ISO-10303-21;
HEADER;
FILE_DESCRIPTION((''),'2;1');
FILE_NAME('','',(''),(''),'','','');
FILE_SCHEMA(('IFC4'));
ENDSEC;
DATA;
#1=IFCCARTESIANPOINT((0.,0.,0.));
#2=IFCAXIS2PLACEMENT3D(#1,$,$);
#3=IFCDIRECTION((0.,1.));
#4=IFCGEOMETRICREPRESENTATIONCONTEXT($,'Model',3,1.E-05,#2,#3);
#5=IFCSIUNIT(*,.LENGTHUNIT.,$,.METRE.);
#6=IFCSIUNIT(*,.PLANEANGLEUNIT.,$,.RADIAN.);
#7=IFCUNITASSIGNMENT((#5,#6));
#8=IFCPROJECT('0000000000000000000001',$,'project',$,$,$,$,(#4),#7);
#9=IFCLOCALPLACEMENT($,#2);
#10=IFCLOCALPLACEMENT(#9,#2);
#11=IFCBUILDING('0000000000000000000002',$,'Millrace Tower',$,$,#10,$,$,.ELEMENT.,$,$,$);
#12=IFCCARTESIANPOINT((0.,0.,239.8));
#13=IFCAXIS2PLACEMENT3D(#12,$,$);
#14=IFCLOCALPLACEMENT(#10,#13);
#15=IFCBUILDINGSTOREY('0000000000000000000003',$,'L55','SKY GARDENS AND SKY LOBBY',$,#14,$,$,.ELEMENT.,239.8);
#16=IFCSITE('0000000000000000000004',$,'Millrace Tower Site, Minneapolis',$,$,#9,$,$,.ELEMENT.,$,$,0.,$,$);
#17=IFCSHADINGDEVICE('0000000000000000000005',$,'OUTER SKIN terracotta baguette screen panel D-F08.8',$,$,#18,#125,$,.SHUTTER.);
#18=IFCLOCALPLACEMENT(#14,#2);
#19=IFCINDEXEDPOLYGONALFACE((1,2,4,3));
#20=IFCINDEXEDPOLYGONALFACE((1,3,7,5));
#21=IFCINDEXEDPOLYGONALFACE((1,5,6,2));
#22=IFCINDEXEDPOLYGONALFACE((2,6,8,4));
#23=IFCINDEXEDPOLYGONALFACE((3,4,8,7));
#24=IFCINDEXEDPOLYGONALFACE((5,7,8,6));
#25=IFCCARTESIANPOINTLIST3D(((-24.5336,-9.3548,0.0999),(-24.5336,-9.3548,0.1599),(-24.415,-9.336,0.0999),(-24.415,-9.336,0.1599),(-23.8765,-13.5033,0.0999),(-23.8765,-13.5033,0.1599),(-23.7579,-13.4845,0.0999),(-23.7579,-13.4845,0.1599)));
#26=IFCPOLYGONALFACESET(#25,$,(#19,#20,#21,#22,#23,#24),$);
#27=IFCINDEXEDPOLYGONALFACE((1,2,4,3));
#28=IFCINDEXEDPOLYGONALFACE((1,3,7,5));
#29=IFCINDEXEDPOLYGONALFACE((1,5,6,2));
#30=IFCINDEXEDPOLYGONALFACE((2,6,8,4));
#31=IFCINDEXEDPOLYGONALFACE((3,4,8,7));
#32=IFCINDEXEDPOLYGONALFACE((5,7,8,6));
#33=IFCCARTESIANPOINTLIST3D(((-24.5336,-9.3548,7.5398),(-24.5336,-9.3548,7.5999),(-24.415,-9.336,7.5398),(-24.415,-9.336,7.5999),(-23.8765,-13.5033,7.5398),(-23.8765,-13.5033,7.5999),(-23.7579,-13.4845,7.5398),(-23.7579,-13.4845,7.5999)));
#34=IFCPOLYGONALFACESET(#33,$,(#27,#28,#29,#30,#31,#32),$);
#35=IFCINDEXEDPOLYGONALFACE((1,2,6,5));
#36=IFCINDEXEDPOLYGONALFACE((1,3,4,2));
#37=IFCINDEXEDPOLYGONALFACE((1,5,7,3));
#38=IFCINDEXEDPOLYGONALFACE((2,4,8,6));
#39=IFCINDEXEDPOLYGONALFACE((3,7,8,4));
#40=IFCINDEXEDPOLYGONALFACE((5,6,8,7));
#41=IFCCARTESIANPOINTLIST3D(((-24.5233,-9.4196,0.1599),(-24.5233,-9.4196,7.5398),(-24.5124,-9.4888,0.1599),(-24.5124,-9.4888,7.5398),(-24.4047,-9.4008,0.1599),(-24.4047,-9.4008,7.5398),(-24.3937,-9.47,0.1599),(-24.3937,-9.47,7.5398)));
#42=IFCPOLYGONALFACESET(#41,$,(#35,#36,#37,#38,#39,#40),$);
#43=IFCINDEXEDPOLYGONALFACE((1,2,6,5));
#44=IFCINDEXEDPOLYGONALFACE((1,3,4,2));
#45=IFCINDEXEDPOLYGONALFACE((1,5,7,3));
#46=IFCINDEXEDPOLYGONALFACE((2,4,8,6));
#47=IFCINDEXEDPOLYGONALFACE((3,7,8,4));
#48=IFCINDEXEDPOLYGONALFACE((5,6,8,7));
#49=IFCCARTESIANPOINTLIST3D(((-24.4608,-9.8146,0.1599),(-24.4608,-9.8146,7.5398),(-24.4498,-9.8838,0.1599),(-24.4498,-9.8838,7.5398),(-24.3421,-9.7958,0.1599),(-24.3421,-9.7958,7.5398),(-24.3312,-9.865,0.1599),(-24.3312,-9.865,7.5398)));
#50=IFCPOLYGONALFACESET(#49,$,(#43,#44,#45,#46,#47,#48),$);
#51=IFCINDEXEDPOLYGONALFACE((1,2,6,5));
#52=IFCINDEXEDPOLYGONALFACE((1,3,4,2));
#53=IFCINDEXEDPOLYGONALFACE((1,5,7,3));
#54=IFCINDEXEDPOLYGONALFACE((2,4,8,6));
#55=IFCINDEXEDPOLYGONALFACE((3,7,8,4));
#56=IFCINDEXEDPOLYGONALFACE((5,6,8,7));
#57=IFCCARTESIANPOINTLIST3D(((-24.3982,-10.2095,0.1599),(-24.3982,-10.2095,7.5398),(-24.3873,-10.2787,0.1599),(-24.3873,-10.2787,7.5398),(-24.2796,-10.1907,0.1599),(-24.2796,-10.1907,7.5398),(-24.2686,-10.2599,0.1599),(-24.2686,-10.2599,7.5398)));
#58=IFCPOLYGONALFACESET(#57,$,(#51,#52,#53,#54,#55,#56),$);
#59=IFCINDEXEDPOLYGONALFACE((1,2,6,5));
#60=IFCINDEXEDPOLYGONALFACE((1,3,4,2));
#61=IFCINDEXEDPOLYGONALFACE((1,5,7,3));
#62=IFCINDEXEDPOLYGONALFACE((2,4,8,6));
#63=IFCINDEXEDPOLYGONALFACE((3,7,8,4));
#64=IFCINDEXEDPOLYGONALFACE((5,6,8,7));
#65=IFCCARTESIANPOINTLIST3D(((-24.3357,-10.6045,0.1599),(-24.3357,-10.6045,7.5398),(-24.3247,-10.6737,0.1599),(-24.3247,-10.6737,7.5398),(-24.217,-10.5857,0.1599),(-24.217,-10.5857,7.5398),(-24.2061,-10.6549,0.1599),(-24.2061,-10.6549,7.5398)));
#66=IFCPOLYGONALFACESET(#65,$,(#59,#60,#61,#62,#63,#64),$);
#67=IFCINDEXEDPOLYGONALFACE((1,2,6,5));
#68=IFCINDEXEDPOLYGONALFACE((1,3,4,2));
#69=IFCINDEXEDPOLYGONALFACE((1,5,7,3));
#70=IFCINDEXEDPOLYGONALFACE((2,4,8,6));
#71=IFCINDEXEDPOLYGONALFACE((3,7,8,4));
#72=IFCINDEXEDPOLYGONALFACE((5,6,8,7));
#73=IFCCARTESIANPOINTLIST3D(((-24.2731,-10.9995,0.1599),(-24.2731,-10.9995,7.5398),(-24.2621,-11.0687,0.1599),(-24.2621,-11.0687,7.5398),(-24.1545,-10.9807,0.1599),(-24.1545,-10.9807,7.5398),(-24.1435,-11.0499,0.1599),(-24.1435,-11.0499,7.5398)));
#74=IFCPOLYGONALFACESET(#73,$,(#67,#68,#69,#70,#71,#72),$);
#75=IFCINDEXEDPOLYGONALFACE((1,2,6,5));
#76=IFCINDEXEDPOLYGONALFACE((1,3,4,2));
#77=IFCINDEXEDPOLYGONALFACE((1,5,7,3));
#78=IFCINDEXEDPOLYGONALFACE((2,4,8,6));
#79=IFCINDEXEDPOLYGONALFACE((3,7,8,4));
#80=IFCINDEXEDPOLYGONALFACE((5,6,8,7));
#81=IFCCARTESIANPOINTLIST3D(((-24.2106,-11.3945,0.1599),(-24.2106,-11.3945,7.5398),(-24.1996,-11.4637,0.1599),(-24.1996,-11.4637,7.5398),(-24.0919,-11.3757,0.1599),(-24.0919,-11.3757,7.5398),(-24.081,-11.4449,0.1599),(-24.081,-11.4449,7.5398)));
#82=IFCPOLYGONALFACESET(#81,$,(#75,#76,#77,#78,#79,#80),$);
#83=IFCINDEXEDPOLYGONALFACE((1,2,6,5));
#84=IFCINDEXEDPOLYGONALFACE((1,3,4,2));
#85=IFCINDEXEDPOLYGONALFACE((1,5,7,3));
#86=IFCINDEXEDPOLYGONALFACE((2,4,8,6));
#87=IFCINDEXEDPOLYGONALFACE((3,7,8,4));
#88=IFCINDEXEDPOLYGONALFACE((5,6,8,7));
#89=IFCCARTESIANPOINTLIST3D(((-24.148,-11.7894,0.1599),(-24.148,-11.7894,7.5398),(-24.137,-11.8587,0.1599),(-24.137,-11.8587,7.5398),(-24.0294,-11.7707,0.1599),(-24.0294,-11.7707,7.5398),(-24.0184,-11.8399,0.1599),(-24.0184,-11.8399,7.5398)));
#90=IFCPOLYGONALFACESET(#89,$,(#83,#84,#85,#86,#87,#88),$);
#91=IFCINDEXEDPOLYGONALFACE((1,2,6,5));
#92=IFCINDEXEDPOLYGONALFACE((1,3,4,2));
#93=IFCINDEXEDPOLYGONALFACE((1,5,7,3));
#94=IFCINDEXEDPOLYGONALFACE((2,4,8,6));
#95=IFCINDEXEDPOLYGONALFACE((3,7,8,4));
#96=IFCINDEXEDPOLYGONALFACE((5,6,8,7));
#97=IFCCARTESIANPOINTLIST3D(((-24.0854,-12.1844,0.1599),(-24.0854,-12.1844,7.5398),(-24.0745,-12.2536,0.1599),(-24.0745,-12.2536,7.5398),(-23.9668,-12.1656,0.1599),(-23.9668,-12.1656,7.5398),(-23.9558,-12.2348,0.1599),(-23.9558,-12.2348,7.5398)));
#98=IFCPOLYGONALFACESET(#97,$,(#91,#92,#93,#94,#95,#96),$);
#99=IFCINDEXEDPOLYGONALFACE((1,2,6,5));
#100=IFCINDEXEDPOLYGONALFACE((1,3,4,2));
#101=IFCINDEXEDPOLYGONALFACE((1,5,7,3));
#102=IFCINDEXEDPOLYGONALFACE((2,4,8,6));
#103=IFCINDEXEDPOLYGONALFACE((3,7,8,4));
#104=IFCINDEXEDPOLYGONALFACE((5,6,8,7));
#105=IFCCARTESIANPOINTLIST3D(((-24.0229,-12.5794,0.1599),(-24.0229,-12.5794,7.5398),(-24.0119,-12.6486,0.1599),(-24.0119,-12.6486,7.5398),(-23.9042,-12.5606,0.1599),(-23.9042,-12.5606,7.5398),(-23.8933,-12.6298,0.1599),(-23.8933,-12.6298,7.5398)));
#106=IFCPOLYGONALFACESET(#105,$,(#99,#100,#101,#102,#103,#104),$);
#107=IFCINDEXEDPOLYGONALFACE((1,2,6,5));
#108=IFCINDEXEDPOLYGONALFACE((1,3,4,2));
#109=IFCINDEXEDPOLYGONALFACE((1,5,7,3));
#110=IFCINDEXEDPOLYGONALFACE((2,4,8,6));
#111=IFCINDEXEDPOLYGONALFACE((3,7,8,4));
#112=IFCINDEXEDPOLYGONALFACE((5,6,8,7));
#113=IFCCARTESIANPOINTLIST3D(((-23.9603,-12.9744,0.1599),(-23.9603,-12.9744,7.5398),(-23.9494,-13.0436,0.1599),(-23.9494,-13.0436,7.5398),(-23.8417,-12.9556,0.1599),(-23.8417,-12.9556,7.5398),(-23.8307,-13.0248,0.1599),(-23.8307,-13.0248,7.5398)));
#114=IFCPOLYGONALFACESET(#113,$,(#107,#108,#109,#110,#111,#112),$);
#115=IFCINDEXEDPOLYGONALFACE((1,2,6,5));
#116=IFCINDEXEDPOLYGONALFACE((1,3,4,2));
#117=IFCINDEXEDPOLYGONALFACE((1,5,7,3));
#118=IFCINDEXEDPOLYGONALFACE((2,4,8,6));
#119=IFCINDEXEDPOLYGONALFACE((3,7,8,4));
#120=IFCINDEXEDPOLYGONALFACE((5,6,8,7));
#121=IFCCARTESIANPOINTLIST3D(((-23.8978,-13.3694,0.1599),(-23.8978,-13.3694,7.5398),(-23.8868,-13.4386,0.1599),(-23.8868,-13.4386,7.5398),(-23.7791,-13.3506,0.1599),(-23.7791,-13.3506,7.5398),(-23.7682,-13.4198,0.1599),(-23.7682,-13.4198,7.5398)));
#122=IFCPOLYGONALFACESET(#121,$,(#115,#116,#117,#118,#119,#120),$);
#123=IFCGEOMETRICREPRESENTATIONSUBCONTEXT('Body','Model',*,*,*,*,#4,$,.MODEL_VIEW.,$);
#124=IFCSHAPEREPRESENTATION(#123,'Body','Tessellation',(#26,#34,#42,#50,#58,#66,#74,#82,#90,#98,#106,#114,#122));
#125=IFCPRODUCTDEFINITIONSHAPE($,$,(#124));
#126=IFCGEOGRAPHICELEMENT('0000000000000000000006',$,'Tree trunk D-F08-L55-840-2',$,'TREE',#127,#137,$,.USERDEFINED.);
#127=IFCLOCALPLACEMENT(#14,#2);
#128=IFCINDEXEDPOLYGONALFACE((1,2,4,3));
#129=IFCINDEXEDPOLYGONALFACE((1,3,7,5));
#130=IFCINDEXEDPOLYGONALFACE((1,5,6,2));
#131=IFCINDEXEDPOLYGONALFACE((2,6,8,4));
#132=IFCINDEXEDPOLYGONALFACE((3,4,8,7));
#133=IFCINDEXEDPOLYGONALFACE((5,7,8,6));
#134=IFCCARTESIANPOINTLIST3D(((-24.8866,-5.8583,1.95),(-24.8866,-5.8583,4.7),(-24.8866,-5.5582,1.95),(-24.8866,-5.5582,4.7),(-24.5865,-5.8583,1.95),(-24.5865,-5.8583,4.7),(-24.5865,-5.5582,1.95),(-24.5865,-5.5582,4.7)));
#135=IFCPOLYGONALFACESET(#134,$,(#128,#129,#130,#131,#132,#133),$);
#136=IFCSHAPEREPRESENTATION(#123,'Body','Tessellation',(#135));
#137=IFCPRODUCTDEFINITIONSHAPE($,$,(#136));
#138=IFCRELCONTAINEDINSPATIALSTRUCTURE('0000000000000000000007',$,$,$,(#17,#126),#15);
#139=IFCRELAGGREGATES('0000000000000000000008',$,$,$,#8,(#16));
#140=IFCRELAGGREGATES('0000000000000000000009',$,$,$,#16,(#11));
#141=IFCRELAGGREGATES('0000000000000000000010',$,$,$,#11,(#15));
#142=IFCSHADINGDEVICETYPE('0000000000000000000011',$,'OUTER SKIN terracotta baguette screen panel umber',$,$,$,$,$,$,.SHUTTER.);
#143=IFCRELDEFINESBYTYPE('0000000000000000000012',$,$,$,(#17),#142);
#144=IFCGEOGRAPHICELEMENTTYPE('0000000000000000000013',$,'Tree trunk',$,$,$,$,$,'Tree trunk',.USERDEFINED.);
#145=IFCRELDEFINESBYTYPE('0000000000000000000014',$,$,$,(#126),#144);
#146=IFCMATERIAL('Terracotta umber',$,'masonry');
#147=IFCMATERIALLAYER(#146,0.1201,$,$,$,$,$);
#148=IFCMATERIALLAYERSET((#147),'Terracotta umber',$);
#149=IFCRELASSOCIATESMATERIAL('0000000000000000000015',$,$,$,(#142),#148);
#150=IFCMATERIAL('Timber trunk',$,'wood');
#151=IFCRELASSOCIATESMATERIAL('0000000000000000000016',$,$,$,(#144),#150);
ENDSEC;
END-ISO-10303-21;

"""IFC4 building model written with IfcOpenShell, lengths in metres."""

from ifc_helpers import new_model, entity, si_unit, direction, frame, frame_2d, origin, origin_2d, place, context, subcontext, project, spatial, rectangle, extrude, source, transform, mapped, material, layer, layer_set, type_object, element, save


model = new_model("IFC4")

# Units and contexts
model_context = context("Model", 3, precision=1e-05, world=origin(), true_north=direction((0.0, 1.0)))
body_context = subcontext(model_context, "Body", "Model", "MODEL_VIEW")
ifc_project = project(units=[si_unit("LENGTHUNIT", "METRE"), si_unit("PLANEANGLEUNIT", "RADIAN")], contexts=[model_context])

# Site, building, storey
site_placement = place(None, origin())
site = spatial("IfcSite", under=ifc_project, at=site_placement, Name="Millrace Tower Site, Minneapolis", CompositionType="ELEMENT", RefElevation=0.0)
building_placement = place(site_placement, origin())
building = spatial("IfcBuilding", under=site, at=building_placement, Name="Millrace Tower", CompositionType="ELEMENT")
storey_placement = place(building_placement, frame((0.0, 0.0, 239.8)))
storey = spatial("IfcBuildingStorey", under=building, at=storey_placement, Name="L55", Description="SKY GARDENS AND SKY LOBBY", CompositionType="ELEMENT", Elevation=239.8)

# Shading device
ifc_material_1 = material(Name="Terracotta umber", Category="masonry")
ifc_layer_1 = layer(ifc_material_1, 0.1201)
ifc_layer_set_1 = layer_set([ifc_layer_1], Name="Terracotta umber")
shading_device_type = type_object("IfcShadingDeviceType", Name="OUTER SKIN terracotta baguette screen panel umber", PredefinedType="SHUTTER", material=ifc_layer_set_1)
cartesian_point = entity("IfcCartesianPoint", [-2.1001, 0.0601])
shared_polyline = entity("IfcPolyline", [cartesian_point, entity("IfcCartesianPoint", [2.1001, 0.0601]), entity("IfcCartesianPoint", [2.1001, -0.0601]), entity("IfcCartesianPoint", [-2.1001, -0.0601]), cartesian_point])
shared_shape = source(origin(), body_context, "Body", "SweptSolid", [
    entity("IfcExtrudedAreaSolid", entity("IfcArbitraryClosedProfileDef", "AREA", None, shared_polyline), entity("IfcAxis2Placement3D", entity("IfcCartesianPoint", [0.0, 0.0, 0.0])), entity("IfcDirection", [0.0, 0.0, 1.0]), 0.0601),
    entity("IfcExtrudedAreaSolid", entity("IfcArbitraryClosedProfileDef", "AREA", None, shared_polyline), entity("IfcAxis2Placement3D", entity("IfcCartesianPoint", [0.0, 0.0, 7.4399])), entity("IfcDirection", [0.0, 0.0, 1.0]), 0.0601),
    extrude(rectangle(XDim=0.0701, YDim=0.1201, at=frame_2d((-1.9995, 0.0))), frame((0.0, 0.0, 0.0601)), (0.0, 0.0, 1.0), 7.3799),
    extrude(rectangle(XDim=0.0701, YDim=0.1201, at=frame_2d((-1.5996, 0.0))), frame((0.0, 0.0, 0.0601)), (0.0, 0.0, 1.0), 7.3799),
    extrude(rectangle(XDim=0.0701, YDim=0.1201, at=frame_2d((-1.1997, 0.0))), frame((0.0, 0.0, 0.0601)), (0.0, 0.0, 1.0), 7.3799),
    extrude(rectangle(XDim=0.0701, YDim=0.1201, at=frame_2d((-0.7998, 0.0))), frame((0.0, 0.0, 0.0601)), (0.0, 0.0, 1.0), 7.3799),
    extrude(rectangle(XDim=0.0701, YDim=0.1201, at=frame_2d((-0.3999, 0.0))), frame((0.0, 0.0, 0.0601)), (0.0, 0.0, 1.0), 7.3799),
    extrude(rectangle(XDim=0.0701, YDim=0.1201, at=origin_2d()), frame((0.0, 0.0, 0.0601)), (0.0, 0.0, 1.0), 7.3799),
    extrude(rectangle(XDim=0.0701, YDim=0.1201, at=frame_2d((0.3999, 0.0))), frame((0.0, 0.0, 0.0601)), (0.0, 0.0, 1.0), 7.3799),
    extrude(rectangle(XDim=0.0701, YDim=0.1201, at=frame_2d((0.7998, 0.0))), frame((0.0, 0.0, 0.0601)), (0.0, 0.0, 1.0), 7.3799),
    extrude(rectangle(XDim=0.0701, YDim=0.1201, at=frame_2d((1.1997, 0.0))), frame((0.0, 0.0, 0.0601)), (0.0, 0.0, 1.0), 7.3799),
    extrude(rectangle(XDim=0.0701, YDim=0.1201, at=frame_2d((1.5996, 0.0))), frame((0.0, 0.0, 0.0601)), (0.0, 0.0, 1.0), 7.3799),
    extrude(rectangle(XDim=0.0701, YDim=0.1201, at=frame_2d((1.9995, 0.0))), frame((0.0, 0.0, 0.0601)), (0.0, 0.0, 1.0), 7.3799),
])
shading_device_placement = place(storey_placement, frame((-24.1458, -11.4197, 0.0999), z_axis=(0.0, 0.0, 1.0), x_axis=(0.156434, -0.987688, 0.0)))
element("IfcShadingDevice", 1, at=shading_device_placement, inside=storey, type_object=shading_device_type, Name="OUTER SKIN terracotta baguette screen panel D-F08.8", PredefinedType="SHUTTER", context=body_context, shape_type="MappedRepresentation", body=[
    mapped(shared_shape, transform((0.0, 0.0, 0.0), scale=1.0)),
])

# Geographic element
ifc_material_2 = material(Name="Timber trunk", Category="wood")
geographic_element_type = type_object("IfcGeographicElementType", Name="Tree trunk", ElementType="Tree trunk", PredefinedType="USERDEFINED", material=ifc_material_2)
geographic_element_placement = place(storey_placement, frame((-24.7366, -5.7083, 1.95), z_axis=(0.0, 0.0, 1.0), x_axis=(1.0, 0.0, 0.0)))
element("IfcGeographicElement", 2, at=geographic_element_placement, inside=storey, type_object=geographic_element_type, Name="Tree trunk D-F08-L55-840-2", ObjectType="TREE", PredefinedType="USERDEFINED", context=body_context, shape_type="SweptSolid", body=[
    extrude(rectangle(XDim=0.3, YDim=0.3, at=origin_2d()), origin(), (0.0, 0.0, 1.0), 2.75),
])

save(model, "model.ifc")
